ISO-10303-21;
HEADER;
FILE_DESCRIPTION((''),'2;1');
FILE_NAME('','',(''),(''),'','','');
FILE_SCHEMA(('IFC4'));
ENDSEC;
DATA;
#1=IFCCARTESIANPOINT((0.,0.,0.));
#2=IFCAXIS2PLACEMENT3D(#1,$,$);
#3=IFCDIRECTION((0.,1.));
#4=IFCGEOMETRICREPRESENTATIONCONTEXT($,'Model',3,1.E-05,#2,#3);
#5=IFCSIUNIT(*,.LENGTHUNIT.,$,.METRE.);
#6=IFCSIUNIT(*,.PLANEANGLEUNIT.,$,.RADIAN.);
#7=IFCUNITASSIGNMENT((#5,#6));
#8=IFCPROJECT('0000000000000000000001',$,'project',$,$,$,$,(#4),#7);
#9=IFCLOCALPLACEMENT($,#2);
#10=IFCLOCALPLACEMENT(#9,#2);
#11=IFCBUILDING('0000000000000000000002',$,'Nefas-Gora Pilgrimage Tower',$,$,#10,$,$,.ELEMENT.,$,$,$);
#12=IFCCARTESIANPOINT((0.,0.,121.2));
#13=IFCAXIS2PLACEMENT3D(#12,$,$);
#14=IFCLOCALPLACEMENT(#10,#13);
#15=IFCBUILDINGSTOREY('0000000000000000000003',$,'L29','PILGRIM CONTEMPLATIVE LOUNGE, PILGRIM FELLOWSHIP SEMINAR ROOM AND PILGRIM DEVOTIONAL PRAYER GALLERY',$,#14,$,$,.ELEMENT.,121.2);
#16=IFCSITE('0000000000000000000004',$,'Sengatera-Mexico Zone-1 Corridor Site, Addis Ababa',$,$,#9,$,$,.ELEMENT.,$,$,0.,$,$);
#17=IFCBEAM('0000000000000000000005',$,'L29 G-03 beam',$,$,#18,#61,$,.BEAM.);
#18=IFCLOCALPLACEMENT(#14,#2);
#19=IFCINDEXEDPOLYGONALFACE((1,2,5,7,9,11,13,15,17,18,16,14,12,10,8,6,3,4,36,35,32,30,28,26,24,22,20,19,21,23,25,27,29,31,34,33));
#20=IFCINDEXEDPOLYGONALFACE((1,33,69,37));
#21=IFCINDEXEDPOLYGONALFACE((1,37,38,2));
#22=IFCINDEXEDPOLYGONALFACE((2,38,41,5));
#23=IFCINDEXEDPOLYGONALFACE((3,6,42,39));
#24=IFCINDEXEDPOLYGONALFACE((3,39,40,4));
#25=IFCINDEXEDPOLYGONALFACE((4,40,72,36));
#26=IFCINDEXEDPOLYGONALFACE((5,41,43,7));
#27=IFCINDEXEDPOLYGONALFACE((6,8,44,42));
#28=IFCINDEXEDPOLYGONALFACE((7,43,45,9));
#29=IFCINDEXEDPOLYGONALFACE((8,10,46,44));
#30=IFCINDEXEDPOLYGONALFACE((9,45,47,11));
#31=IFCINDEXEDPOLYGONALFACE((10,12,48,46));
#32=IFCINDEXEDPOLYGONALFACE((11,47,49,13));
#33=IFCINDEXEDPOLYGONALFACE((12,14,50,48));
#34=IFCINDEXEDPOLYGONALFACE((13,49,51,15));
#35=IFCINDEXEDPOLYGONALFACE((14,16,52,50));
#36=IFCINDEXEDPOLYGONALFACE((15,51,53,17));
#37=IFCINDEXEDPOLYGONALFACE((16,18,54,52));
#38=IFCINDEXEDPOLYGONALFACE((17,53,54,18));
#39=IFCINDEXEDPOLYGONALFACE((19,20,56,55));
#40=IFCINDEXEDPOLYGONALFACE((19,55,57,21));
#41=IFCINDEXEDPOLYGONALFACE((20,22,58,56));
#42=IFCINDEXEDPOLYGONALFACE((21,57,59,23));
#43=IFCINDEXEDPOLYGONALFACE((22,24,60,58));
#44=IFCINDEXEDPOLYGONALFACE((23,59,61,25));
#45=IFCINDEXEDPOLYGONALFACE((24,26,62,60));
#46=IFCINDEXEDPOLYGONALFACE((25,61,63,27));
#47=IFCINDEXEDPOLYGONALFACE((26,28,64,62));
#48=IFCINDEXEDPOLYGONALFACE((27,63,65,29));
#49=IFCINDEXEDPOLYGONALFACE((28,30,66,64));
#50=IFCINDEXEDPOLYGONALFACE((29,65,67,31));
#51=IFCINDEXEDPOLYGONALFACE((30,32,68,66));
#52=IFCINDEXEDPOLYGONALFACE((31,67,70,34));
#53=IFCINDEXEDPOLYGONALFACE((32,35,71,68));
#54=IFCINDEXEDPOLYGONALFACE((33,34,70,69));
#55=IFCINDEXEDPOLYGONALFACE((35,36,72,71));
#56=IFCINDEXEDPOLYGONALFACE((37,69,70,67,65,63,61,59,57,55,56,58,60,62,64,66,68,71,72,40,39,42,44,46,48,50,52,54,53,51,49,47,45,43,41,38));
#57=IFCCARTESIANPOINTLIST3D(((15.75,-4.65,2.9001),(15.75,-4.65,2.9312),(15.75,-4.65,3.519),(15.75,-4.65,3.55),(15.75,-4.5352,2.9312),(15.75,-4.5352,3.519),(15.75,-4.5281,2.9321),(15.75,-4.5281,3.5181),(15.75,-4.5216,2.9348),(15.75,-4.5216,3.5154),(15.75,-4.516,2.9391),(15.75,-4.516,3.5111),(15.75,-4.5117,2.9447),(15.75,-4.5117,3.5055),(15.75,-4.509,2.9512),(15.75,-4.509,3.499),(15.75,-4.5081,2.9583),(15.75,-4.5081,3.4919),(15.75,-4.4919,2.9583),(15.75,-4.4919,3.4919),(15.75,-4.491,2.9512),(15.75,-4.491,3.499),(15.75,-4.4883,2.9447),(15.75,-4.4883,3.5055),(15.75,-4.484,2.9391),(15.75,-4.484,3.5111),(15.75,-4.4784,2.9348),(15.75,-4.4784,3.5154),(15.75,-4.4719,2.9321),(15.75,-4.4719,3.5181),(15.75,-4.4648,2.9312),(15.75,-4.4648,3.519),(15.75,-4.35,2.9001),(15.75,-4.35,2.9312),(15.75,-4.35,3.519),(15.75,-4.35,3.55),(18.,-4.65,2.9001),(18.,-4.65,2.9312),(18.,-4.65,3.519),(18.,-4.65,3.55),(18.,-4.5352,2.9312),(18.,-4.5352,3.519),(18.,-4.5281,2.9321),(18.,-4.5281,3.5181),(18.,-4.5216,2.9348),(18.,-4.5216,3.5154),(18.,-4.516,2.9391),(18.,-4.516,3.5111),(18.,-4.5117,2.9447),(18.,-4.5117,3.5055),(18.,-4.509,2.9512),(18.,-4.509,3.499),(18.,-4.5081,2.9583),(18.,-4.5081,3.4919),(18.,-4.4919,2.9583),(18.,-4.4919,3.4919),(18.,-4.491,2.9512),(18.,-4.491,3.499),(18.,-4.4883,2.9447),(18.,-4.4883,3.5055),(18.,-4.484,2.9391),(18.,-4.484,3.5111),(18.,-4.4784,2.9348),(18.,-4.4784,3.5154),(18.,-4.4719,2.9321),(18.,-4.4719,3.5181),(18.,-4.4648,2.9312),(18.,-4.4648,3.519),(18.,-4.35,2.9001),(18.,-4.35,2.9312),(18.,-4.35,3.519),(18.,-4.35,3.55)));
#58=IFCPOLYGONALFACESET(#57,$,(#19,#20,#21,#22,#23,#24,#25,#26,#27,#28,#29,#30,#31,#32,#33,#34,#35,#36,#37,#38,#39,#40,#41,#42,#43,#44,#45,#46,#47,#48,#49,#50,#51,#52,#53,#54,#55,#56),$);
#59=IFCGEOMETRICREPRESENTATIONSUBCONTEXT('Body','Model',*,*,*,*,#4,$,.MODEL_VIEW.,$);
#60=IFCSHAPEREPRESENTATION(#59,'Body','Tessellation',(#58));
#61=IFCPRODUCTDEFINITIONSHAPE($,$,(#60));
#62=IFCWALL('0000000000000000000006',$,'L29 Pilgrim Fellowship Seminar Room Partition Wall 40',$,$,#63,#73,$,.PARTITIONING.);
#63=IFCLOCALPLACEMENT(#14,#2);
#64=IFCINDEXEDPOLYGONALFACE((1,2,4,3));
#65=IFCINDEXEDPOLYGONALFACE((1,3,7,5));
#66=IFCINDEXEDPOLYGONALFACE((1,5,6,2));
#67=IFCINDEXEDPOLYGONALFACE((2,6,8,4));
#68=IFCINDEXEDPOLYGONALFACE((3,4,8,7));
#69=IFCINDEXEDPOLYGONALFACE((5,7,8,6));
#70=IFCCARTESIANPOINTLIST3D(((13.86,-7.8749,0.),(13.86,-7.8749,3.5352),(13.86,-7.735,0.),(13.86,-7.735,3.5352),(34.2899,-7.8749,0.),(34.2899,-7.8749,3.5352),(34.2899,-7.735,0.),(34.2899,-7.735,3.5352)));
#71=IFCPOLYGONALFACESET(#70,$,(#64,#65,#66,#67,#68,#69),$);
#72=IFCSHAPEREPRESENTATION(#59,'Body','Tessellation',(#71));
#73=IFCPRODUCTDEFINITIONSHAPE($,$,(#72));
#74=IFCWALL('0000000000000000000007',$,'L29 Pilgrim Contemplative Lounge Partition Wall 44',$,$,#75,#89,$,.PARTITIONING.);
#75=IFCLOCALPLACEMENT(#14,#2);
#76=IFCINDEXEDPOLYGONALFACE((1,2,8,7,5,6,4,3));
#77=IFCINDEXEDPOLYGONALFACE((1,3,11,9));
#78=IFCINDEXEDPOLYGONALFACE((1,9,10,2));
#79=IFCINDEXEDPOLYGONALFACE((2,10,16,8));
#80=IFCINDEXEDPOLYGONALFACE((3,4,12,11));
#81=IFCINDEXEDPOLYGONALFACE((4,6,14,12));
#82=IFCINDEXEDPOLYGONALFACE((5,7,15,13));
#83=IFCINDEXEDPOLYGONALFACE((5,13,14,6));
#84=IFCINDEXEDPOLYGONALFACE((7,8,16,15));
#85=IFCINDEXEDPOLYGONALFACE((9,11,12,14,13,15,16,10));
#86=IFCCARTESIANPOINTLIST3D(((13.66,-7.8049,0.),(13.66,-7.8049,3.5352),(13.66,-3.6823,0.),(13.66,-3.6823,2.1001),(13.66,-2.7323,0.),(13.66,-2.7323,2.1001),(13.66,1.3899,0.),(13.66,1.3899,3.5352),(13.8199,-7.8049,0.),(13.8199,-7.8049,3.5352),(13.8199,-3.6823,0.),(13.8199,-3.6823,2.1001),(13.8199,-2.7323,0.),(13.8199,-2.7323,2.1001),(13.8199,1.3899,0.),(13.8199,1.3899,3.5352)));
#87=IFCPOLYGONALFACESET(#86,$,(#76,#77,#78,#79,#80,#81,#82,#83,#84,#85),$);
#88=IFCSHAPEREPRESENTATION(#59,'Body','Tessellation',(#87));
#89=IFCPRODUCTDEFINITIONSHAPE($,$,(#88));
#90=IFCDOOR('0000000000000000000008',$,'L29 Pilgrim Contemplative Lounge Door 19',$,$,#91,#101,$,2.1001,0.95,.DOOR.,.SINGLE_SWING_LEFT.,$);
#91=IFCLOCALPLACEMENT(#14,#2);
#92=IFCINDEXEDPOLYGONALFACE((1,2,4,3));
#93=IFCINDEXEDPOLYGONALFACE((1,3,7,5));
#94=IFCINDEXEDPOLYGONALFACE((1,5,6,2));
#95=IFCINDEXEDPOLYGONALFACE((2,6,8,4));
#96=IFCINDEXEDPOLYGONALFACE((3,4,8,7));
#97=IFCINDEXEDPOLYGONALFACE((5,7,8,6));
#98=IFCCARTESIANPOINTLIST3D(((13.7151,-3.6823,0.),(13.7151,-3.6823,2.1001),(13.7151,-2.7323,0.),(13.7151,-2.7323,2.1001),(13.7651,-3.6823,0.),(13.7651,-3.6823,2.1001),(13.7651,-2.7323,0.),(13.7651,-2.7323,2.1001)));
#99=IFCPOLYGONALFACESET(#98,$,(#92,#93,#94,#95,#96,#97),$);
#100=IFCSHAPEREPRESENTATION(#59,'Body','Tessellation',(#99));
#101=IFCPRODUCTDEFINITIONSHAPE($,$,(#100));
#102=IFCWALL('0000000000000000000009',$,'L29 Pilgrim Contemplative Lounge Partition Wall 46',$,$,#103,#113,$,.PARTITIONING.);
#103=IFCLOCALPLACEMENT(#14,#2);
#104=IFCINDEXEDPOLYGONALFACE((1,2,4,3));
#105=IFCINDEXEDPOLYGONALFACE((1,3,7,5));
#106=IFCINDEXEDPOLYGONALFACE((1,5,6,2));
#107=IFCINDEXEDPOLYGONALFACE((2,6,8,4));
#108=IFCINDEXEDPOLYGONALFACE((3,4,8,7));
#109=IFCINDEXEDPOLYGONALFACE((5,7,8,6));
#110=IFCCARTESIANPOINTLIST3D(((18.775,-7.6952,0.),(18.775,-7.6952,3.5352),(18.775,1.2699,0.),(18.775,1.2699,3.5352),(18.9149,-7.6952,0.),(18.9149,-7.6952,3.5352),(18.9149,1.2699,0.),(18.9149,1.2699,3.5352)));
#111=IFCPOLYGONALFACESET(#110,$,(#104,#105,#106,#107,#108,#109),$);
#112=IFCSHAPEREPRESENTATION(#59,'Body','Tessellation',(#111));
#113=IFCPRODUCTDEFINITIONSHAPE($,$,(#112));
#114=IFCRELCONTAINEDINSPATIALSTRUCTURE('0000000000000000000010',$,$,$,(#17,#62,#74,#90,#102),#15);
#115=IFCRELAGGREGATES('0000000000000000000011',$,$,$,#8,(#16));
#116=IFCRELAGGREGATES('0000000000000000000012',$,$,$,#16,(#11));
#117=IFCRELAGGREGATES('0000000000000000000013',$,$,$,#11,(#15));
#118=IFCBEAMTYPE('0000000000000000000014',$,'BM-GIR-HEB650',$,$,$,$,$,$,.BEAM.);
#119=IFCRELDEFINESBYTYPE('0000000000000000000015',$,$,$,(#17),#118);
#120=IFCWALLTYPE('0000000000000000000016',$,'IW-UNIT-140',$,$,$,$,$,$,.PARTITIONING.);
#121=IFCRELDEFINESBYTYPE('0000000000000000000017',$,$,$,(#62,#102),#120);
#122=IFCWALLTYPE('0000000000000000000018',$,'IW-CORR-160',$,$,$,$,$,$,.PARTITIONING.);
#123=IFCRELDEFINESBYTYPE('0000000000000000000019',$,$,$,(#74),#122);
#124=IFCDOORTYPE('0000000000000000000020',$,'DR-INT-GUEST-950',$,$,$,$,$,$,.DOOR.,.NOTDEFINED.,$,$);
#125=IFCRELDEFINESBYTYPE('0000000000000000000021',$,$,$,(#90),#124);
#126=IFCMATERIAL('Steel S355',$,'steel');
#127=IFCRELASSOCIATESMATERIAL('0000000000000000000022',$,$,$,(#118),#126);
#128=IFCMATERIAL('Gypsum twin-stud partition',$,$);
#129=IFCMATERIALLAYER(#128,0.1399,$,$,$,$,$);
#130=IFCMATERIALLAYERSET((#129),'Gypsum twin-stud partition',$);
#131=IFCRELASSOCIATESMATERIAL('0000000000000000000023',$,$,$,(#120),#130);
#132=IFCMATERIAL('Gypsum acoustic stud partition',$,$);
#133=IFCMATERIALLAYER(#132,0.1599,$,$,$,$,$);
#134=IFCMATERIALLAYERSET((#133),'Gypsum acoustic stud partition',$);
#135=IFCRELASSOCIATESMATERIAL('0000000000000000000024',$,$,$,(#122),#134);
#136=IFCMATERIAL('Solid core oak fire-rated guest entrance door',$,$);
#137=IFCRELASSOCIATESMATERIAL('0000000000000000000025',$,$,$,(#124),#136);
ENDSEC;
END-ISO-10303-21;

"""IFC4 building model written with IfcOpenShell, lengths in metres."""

from ifc_helpers import new_model, si_unit, direction, frame, frame_2d, origin, origin_2d, place, context, subcontext, project, spatial, rectangle, i_section, extrude, source, transform, mapped, material, layer, layer_set, material_profile, profile_set, type_object, element, fill, save


model = new_model("IFC4")

# Units and contexts
model_context = context("Model", 3, precision=1e-05, world=origin(), true_north=direction((0.0, 1.0)))
body_context = subcontext(model_context, "Body", "Model", "MODEL_VIEW")
ifc_project = project(units=[si_unit("LENGTHUNIT", "METRE"), si_unit("PLANEANGLEUNIT", "RADIAN")], contexts=[model_context])

# Site, building, storey
site_placement = place(None, origin())
site = spatial("IfcSite", under=ifc_project, at=site_placement, Name="Sengatera-Mexico Zone-1 Corridor Site, Addis Ababa", CompositionType="ELEMENT", RefElevation=0.0)
building_placement = place(site_placement, origin())
building = spatial("IfcBuilding", under=site, at=building_placement, Name="Nefas-Gora Pilgrimage Tower", CompositionType="ELEMENT")
storey_placement = place(building_placement, frame((0.0, 0.0, 121.2)))
storey = spatial("IfcBuildingStorey", under=building, at=storey_placement, Name="L29", Description="PILGRIM CONTEMPLATIVE LOUNGE, PILGRIM FELLOWSHIP SEMINAR ROOM AND PILGRIM DEVOTIONAL PRAYER GALLERY", CompositionType="ELEMENT", Elevation=121.2)

# Beam
ifc_material_1 = material(Name="Steel S355", Category="steel")
ifc_material_profile_1 = material_profile(ifc_material_1, i_section(OverallWidth=0.3, OverallDepth=0.6499, WebThickness=0.0161, FlangeThickness=0.031, FilletRadius=0.0271, at=origin_2d()), Name="HEB 650")
ifc_profile_set_1 = profile_set([ifc_material_profile_1], Name="Steel S355")
beam_type_1 = type_object("IfcBeamType", Name="BM-GIR-HEB650", PredefinedType="BEAM", material=ifc_profile_set_1)
shared_shape_1 = source(origin(), body_context, "Body", "SweptSolid", [
    extrude(i_section(OverallWidth=0.3, OverallDepth=0.6499, WebThickness=0.0161, FlangeThickness=0.031, FilletRadius=0.0271, at=origin_2d()), origin(), (0.0, 0.0, 1.0), 2.25),
])
for number, where, z_axis, x_axis, name in (
    (1, (15.75, -4.5, 3.2251), (1.0, 0.0, 0.0), (0.0, 1.0, 0.0), "L29 G-03 beam"),
):
    element("IfcBeam", number, at=place(storey_placement, frame(where, z_axis=z_axis, x_axis=x_axis)), inside=storey, type_object=beam_type_1, Name=name, PredefinedType="BEAM", context=body_context, shape_type="MappedRepresentation", body=[
        mapped(shared_shape_1, transform((0.0, 0.0, 0.0), x_axis=(1.0, 0.0, 0.0), y_axis=(0.0, 1.0, 0.0), z_axis=(0.0, 0.0, 1.0), scale=1.0)),
    ])

# Wall
ifc_material_2 = material(Name="Gypsum twin-stud partition")
ifc_layer_1 = layer(ifc_material_2, 0.1399)
ifc_layer_set_1 = layer_set([ifc_layer_1], Name="Gypsum twin-stud partition")
wall_type_1 = type_object("IfcWallType", Name="IW-UNIT-140", PredefinedType="PARTITIONING", material=ifc_layer_set_1)
shared_shape_2 = source(origin(), body_context, "Body", "SweptSolid", [
    extrude(rectangle(XDim=20.4299, YDim=0.1399, at=frame_2d((10.2148, 0.0))), origin(), (0.0, 0.0, 1.0), 3.5352),
])
wall_1_placement = place(storey_placement, frame((13.8601, -7.8049, 0.0), z_axis=(0.0, 0.0, 1.0), x_axis=(1.0, 0.0, 0.0)))
element("IfcWall", 2, at=wall_1_placement, inside=storey, type_object=wall_type_1, Name="L29 Pilgrim Fellowship Seminar Room Partition Wall 40", PredefinedType="PARTITIONING", context=body_context, shape_type="MappedRepresentation", body=[
    mapped(shared_shape_2, transform((0.0, 0.0, 0.0), x_axis=(1.0, 0.0, 0.0), y_axis=(0.0, 1.0, 0.0), z_axis=(0.0, 0.0, 1.0), scale=1.0)),
])

# Wall, opening, door
ifc_material_3 = material(Name="Gypsum acoustic stud partition")
ifc_layer_2 = layer(ifc_material_3, 0.1599)
ifc_layer_set_2 = layer_set([ifc_layer_2], Name="Gypsum acoustic stud partition")
wall_type_2 = type_object("IfcWallType", Name="IW-CORR-160", PredefinedType="PARTITIONING", material=ifc_layer_set_2)
shared_shape_3 = source(origin(), body_context, "Body", "SweptSolid", [
    extrude(rectangle(XDim=9.1948, YDim=0.1599, at=frame_2d((4.5974, 0.0))), origin(), (0.0, 0.0, 1.0), 3.5352),
])
wall_2_placement = place(storey_placement, frame((13.74, -7.8049, 0.0), z_axis=(0.0, 0.0, 1.0), x_axis=(0.0, 1.0, 0.0)))
wall_2 = element("IfcWall", 3, at=wall_2_placement, inside=storey, type_object=wall_type_2, Name="L29 Pilgrim Contemplative Lounge Partition Wall 44", PredefinedType="PARTITIONING", context=body_context, shape_type="MappedRepresentation", body=[
    mapped(shared_shape_3, transform((0.0, 0.0, 0.0), x_axis=(1.0, 0.0, 0.0), y_axis=(0.0, 1.0, 0.0), z_axis=(0.0, 0.0, 1.0), scale=1.0)),
])
opening_placement = place(wall_2_placement, frame((4.1226, 0.0, 0.0)))
opening = element("IfcOpeningElement", 4, at=opening_placement, cuts=wall_2, PredefinedType="OPENING", context=body_context, shape_type="SweptSolid", body=[
    extrude(rectangle(XDim=0.95, YDim=2.1001, at=frame_2d((0.4751, 1.05))), frame((0.0, 0.0898, 0.0), z_axis=(0.0, -1.0, 0.0), x_axis=(1.0, 0.0, 0.0)), (0.0, 0.0, 1.0), 0.1799),
])
ifc_material_4 = material(Name="Solid core oak fire-rated guest entrance door")
door_type = type_object("IfcDoorType", Name="DR-INT-GUEST-950", OperationType="NOTDEFINED", PredefinedType="DOOR", material=ifc_material_4)
shared_shape_4 = source(origin(), body_context, "Body", "SweptSolid", [
    extrude(rectangle(XDim=0.95, YDim=2.1001, at=frame_2d((0.4751, 1.05))), frame((0.0, 0.0249, 0.0), z_axis=(0.0, -1.0, 0.0), x_axis=(1.0, 0.0, 0.0)), (0.0, 0.0, 1.0), 0.05),
])
door_placement = place(opening_placement, origin())
door = element("IfcDoor", 5, at=door_placement, inside=storey, type_object=door_type, Name="L29 Pilgrim Contemplative Lounge Door 19", OperationType="SINGLE_SWING_LEFT", OverallHeight=2.1001, OverallWidth=0.95, PredefinedType="DOOR", context=body_context, shape_type="MappedRepresentation", body=[
    mapped(shared_shape_4, transform((0.0, 0.0, 0.0), x_axis=(1.0, 0.0, 0.0), y_axis=(0.0, 1.0, 0.0), z_axis=(0.0, 0.0, 1.0), scale=1.0)),
])
fill(opening, door)

# Wall
shared_shape_5 = source(origin(), body_context, "Body", "SweptSolid", [
    extrude(rectangle(XDim=8.9651, YDim=0.1399, at=frame_2d((4.4824, 0.0))), origin(), (0.0, 0.0, 1.0), 3.5352),
])
wall_3_placement = place(storey_placement, frame((18.845, -7.6951, 0.0), z_axis=(0.0, 0.0, 1.0), x_axis=(0.0, 1.0, 0.0)))
element("IfcWall", 6, at=wall_3_placement, inside=storey, type_object=wall_type_1, Name="L29 Pilgrim Contemplative Lounge Partition Wall 46", PredefinedType="PARTITIONING", context=body_context, shape_type="MappedRepresentation", body=[
    mapped(shared_shape_5, transform((0.0, 0.0, 0.0), x_axis=(1.0, 0.0, 0.0), y_axis=(0.0, 1.0, 0.0), z_axis=(0.0, 0.0, 1.0), scale=1.0)),
])

save(model, "model.ifc")
